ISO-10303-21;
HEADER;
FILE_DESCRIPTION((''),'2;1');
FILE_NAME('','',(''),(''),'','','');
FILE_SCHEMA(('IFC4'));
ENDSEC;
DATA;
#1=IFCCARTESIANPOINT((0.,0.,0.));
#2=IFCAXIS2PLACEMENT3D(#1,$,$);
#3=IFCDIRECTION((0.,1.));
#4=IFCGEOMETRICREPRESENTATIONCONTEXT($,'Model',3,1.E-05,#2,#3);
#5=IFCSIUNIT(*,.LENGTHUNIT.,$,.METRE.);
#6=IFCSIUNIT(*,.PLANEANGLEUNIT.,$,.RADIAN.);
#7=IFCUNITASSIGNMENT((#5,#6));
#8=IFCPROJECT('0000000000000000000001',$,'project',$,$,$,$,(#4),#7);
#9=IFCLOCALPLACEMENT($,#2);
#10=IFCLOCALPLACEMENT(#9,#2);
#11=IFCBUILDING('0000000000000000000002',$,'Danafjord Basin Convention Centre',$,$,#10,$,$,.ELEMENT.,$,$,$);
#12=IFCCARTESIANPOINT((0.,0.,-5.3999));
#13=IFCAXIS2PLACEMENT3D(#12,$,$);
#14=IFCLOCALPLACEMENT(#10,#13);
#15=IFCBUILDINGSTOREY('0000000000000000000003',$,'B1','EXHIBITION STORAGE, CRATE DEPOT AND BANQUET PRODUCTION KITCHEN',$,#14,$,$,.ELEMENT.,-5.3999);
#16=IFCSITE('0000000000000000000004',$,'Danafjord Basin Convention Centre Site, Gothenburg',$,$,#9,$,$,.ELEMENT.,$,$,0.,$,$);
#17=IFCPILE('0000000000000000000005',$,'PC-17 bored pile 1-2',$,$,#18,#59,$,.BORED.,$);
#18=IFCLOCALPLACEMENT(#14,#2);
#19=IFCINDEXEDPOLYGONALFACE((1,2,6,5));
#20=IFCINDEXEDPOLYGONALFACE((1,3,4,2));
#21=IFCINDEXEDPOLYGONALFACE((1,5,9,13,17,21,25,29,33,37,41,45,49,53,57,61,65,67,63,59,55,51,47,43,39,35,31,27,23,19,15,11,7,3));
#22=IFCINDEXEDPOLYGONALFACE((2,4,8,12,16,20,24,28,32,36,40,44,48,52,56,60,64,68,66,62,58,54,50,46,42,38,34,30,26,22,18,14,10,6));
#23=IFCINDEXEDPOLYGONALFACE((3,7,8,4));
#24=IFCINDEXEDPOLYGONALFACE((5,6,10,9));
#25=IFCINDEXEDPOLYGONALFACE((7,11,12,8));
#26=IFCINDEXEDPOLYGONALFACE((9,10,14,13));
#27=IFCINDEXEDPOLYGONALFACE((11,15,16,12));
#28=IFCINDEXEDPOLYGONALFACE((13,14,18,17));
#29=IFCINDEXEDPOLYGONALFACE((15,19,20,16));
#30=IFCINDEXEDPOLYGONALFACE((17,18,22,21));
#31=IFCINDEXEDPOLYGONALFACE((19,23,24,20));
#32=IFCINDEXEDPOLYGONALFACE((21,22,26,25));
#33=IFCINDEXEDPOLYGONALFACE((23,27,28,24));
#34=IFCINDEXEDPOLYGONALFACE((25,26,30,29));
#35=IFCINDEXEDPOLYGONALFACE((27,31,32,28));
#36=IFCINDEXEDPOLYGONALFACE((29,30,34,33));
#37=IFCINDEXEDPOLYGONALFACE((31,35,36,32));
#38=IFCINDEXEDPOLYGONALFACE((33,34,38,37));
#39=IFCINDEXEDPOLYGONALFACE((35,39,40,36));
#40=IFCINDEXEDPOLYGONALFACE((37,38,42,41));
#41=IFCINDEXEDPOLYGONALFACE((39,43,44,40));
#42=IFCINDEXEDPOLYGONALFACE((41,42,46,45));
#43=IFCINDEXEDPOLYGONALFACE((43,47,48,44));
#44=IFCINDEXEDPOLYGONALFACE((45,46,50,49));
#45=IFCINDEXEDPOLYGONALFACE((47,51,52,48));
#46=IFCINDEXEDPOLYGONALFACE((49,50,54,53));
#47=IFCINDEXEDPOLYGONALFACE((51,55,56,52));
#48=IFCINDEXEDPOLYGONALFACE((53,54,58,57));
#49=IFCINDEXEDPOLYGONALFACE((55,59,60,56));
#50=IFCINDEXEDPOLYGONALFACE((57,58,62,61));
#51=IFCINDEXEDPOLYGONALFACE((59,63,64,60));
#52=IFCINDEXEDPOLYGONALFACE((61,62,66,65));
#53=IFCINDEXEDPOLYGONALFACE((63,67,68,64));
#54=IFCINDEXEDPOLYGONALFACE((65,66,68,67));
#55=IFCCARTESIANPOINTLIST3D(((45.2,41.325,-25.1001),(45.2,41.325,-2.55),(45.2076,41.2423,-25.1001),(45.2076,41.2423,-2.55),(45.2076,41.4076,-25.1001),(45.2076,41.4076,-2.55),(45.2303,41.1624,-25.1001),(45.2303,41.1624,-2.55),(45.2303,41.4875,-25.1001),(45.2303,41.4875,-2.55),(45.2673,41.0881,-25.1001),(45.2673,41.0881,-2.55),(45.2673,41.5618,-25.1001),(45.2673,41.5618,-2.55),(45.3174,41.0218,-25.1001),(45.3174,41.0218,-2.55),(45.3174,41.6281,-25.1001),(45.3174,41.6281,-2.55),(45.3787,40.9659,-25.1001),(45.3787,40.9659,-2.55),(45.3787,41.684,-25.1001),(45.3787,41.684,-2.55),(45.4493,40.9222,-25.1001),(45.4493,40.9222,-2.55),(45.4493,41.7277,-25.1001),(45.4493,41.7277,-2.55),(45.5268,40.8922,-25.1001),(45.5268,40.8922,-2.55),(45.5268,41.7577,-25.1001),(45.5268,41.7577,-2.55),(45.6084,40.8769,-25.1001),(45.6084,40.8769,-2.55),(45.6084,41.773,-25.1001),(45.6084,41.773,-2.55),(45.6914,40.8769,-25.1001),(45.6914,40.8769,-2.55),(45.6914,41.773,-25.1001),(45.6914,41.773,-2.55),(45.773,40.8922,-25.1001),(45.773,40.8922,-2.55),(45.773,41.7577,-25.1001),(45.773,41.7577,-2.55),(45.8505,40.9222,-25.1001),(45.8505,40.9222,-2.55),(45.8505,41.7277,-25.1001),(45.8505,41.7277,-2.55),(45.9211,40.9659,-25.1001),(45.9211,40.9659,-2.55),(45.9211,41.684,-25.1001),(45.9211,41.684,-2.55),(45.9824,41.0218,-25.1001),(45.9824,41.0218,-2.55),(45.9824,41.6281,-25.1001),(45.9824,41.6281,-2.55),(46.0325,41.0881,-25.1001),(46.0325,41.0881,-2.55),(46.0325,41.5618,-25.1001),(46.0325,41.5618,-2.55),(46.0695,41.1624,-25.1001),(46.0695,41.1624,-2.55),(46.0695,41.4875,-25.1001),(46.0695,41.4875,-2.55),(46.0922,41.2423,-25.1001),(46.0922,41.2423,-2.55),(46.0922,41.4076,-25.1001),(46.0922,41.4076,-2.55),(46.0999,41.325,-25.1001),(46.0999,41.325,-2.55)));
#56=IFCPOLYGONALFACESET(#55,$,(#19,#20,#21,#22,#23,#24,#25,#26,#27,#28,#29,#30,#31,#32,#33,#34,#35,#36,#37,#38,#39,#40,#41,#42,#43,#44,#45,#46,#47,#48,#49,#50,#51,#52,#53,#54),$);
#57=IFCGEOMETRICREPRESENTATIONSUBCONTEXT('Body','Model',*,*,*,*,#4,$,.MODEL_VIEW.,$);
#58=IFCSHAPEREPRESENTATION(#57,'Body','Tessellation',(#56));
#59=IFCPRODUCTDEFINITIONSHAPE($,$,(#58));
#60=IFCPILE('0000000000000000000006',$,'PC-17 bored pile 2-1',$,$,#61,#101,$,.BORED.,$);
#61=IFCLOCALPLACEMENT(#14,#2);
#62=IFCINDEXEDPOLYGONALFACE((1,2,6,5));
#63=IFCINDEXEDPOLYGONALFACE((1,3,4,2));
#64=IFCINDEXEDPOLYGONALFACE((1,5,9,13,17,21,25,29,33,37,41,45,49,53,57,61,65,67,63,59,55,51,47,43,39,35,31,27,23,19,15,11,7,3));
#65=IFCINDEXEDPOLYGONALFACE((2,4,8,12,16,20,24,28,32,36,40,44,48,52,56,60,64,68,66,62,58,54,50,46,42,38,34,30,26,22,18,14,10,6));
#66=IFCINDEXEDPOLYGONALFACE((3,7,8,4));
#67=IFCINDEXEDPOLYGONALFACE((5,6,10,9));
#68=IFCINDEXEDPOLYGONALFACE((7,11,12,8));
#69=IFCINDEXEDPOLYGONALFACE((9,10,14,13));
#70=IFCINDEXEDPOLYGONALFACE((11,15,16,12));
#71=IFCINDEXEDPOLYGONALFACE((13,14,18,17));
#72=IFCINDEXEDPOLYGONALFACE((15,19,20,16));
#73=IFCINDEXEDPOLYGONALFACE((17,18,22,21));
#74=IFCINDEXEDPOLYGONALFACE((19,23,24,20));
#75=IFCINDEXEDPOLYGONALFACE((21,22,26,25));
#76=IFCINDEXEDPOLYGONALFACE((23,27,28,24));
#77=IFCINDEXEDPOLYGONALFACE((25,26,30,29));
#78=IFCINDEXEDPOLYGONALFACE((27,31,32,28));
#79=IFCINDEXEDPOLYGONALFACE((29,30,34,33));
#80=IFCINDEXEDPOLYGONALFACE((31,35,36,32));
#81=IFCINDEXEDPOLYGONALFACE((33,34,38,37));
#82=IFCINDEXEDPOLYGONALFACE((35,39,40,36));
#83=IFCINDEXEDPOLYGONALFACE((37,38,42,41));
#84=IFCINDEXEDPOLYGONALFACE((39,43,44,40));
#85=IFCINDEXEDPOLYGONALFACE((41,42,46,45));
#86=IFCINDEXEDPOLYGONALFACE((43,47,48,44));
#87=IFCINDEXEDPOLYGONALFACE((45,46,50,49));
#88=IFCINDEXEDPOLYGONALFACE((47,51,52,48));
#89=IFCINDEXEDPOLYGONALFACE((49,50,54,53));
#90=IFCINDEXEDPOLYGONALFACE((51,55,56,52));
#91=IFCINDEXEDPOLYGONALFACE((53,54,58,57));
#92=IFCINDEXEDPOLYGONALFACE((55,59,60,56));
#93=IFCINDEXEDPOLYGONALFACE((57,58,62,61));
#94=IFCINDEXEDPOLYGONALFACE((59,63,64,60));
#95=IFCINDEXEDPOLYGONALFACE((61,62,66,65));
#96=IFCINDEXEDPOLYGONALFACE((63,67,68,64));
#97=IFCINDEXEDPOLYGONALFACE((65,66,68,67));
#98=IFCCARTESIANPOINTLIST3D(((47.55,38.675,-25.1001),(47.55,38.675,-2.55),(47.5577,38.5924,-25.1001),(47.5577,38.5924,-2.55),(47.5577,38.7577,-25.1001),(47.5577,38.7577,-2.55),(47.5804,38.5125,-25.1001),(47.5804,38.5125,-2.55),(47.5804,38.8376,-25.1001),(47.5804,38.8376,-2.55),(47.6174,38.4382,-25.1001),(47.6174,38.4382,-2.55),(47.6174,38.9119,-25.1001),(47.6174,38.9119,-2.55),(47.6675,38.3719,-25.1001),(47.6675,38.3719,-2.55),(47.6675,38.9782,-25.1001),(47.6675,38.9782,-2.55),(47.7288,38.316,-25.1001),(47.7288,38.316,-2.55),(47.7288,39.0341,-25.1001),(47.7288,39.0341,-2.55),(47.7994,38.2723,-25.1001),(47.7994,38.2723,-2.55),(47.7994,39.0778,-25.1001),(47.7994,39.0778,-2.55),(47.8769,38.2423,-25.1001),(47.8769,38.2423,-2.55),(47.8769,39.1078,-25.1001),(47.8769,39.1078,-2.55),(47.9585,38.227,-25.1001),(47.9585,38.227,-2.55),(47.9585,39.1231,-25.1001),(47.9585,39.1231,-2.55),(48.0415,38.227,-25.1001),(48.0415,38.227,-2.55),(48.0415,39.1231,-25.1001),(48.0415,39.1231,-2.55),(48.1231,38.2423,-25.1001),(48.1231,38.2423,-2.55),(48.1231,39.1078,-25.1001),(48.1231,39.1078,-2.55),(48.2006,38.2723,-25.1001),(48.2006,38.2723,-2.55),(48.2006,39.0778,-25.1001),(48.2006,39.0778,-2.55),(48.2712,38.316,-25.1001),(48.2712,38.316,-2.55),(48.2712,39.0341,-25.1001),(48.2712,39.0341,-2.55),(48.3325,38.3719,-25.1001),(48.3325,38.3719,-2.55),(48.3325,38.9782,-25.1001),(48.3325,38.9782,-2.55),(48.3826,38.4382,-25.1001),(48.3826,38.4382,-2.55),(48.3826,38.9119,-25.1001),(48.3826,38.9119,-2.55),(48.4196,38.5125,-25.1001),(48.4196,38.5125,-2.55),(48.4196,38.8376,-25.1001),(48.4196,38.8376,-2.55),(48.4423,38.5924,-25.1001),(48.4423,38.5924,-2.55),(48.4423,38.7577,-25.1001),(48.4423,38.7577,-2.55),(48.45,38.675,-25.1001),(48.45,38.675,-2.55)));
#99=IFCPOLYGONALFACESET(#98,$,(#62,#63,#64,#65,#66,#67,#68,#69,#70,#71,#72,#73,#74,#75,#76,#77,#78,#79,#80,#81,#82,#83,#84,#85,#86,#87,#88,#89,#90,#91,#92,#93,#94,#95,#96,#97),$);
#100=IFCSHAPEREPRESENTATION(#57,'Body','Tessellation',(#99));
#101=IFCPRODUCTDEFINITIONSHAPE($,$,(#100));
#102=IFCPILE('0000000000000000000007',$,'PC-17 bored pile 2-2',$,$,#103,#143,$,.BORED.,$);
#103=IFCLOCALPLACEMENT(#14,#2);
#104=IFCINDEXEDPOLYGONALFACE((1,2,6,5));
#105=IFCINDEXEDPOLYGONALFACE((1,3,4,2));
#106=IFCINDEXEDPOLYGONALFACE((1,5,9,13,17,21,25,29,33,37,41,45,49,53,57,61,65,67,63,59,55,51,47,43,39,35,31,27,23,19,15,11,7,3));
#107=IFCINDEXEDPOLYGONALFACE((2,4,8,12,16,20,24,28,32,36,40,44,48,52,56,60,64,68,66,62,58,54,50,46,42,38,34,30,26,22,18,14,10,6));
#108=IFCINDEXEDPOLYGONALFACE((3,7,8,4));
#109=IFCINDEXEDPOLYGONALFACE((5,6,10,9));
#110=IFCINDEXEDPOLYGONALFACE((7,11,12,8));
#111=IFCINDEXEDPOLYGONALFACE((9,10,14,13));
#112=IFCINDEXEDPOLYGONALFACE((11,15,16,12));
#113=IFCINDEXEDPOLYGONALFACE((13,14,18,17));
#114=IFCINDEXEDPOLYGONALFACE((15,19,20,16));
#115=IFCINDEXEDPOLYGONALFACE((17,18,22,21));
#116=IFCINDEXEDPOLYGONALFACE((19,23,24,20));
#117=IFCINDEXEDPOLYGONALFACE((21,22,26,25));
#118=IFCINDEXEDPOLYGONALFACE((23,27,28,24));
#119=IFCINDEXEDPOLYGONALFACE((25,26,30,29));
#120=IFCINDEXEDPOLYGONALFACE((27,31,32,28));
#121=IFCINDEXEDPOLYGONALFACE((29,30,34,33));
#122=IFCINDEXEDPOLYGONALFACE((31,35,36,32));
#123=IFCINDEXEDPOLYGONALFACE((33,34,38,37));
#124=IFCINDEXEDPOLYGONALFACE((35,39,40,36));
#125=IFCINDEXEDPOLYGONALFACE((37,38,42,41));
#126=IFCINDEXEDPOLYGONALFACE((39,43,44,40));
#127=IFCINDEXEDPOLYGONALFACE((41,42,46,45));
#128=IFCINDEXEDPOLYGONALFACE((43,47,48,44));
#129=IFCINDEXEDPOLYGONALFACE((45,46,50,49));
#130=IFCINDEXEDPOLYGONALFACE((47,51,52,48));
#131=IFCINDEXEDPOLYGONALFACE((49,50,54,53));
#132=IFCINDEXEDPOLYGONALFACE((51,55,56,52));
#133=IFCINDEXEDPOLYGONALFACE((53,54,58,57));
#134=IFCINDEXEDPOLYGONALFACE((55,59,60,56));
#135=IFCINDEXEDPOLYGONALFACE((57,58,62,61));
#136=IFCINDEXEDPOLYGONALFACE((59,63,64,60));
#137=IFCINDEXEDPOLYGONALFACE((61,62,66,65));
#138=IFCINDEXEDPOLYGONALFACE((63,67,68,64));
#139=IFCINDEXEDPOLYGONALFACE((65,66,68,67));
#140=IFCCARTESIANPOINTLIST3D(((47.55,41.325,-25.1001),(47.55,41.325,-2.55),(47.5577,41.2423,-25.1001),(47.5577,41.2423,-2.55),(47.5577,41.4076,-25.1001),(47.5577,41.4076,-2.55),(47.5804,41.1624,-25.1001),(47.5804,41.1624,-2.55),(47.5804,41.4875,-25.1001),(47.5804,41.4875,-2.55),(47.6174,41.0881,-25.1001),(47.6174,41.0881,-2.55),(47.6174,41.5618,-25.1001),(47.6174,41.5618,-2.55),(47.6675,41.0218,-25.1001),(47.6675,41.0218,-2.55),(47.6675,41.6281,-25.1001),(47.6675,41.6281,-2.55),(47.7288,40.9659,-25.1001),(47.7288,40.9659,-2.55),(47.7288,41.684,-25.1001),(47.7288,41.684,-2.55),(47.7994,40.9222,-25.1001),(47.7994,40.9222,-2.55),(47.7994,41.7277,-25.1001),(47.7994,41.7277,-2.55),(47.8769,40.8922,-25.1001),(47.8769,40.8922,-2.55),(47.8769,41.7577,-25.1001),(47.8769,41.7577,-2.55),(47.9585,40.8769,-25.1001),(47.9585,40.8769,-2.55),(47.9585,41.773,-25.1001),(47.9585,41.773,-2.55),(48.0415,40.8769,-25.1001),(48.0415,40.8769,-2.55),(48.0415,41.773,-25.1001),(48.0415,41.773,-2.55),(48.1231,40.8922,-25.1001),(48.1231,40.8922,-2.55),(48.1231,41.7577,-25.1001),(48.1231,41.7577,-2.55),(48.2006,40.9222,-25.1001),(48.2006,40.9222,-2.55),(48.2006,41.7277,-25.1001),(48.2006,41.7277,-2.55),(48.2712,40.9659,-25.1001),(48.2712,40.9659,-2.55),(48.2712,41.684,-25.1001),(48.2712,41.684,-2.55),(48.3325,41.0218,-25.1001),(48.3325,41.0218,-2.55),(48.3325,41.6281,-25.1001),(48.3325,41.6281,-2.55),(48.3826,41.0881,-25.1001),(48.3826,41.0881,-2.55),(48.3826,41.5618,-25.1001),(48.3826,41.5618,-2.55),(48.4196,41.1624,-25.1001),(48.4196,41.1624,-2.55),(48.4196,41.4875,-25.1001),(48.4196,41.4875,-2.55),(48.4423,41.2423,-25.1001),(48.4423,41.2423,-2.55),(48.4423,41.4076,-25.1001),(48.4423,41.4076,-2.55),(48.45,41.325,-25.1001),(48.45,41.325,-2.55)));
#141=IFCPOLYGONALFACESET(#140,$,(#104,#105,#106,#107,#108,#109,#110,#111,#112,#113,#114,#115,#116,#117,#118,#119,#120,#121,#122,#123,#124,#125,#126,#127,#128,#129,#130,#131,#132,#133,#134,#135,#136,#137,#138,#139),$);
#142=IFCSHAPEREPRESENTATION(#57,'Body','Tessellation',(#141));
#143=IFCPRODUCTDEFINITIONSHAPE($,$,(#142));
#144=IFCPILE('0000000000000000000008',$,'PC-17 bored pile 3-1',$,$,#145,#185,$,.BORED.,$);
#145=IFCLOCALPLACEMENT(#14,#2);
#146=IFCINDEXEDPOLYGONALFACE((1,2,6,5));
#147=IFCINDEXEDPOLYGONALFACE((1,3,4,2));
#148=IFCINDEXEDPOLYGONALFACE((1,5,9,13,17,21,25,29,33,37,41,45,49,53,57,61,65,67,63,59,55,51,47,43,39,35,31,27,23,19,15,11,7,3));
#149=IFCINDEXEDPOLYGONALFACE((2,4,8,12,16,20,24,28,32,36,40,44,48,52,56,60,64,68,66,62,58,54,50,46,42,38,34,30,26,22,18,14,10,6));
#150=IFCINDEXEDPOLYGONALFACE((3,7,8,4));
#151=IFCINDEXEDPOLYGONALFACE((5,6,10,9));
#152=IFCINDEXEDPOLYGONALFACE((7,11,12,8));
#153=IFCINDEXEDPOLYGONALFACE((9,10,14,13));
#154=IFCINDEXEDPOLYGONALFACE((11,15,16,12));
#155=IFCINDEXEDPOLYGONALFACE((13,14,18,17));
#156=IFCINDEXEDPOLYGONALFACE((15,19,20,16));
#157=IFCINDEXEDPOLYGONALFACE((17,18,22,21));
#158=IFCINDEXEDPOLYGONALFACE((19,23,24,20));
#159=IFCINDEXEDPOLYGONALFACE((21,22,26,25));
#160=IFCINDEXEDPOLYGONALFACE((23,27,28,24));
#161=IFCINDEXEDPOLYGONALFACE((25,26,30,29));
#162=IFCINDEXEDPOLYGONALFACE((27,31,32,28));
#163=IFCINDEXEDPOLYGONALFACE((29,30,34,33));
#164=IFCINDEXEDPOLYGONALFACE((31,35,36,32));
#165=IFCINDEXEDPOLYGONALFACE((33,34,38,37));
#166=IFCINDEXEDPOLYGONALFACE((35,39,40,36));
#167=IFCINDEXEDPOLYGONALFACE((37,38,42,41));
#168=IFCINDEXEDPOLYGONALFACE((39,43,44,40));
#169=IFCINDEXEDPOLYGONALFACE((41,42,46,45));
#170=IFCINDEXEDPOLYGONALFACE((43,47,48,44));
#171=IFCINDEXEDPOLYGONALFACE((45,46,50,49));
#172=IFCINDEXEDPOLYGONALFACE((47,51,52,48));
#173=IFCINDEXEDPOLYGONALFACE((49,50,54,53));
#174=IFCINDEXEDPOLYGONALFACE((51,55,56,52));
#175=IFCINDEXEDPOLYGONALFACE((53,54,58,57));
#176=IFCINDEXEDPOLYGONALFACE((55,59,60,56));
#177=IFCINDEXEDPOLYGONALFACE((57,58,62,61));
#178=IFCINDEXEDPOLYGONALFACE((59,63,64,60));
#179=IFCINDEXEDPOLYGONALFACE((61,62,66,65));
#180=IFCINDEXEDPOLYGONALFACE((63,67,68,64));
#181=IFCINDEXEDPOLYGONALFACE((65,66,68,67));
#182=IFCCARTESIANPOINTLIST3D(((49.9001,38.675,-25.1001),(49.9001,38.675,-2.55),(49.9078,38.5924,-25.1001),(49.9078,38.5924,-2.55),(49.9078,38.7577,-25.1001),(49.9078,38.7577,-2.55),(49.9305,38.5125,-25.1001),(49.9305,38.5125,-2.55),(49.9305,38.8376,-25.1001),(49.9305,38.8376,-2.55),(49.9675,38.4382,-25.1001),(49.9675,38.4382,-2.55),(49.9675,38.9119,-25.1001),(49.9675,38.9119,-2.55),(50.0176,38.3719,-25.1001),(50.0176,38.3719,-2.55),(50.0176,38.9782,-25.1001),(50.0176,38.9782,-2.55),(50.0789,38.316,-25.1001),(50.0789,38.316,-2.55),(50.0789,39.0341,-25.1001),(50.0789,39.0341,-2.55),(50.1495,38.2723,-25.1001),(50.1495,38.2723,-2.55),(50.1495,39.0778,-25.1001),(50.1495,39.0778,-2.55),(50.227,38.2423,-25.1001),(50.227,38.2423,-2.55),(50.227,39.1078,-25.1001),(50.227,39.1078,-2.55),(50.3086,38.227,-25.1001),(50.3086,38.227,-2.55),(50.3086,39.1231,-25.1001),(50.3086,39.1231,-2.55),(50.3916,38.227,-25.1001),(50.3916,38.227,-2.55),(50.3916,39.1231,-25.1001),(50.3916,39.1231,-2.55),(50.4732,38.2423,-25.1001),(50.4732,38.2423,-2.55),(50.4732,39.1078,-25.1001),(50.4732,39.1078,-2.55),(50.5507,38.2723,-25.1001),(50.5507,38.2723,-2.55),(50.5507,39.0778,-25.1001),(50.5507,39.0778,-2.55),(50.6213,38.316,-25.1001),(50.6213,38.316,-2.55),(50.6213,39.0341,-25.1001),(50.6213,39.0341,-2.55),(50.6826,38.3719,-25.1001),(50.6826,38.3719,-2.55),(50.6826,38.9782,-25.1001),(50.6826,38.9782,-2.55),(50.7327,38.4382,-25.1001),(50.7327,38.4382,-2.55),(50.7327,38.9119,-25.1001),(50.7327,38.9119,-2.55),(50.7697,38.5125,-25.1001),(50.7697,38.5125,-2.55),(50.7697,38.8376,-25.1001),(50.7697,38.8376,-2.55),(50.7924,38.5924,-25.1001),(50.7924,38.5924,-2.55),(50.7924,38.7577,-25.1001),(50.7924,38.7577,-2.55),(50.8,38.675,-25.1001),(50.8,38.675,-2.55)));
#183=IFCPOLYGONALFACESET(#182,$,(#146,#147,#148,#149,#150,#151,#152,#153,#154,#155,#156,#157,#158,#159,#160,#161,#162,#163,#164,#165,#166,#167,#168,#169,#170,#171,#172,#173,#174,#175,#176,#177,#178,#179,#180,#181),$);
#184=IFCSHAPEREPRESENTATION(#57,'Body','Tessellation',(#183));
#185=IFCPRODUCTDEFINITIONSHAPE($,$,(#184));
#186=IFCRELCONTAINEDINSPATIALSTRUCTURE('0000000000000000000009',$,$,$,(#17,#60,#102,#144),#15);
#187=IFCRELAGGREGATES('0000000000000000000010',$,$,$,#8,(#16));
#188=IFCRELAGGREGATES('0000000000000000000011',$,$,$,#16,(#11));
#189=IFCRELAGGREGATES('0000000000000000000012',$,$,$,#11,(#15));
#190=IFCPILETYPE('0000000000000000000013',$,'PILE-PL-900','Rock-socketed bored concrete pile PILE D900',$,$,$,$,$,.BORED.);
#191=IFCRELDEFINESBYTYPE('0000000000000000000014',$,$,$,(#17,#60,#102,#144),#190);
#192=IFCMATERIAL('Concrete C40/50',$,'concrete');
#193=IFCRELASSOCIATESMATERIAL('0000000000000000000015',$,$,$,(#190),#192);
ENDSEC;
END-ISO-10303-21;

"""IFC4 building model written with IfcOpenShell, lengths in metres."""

from ifc_helpers import new_model, si_unit, direction, frame, origin, origin_2d, place, context, subcontext, project, spatial, circle, extrude, material, material_profile, profile_set, type_object, element, save


model = new_model("IFC4")

# Units and contexts
model_context = context("Model", 3, precision=1e-05, world=origin(), true_north=direction((0.0, 1.0)))
body_context = subcontext(model_context, "Body", "Model", "MODEL_VIEW")
ifc_project = project(units=[si_unit("LENGTHUNIT", "METRE"), si_unit("PLANEANGLEUNIT", "RADIAN")], contexts=[model_context])

# Site, building, storey
site_placement = place(None, origin())
site = spatial("IfcSite", under=ifc_project, at=site_placement, Name="Danafjord Basin Convention Centre Site, Gothenburg", CompositionType="ELEMENT", RefElevation=0.0)
building_placement = place(site_placement, origin())
building = spatial("IfcBuilding", under=site, at=building_placement, Name="Danafjord Basin Convention Centre", CompositionType="ELEMENT")
storey_placement = place(building_placement, frame((0.0, 0.0, -5.3999)))
storey = spatial("IfcBuildingStorey", under=building, at=storey_placement, Name="B1", Description="EXHIBITION STORAGE, CRATE DEPOT AND BANQUET PRODUCTION KITCHEN", CompositionType="ELEMENT", Elevation=-5.3999)

# Shared definitions
ifc_material_1 = material(Name="Concrete C40/50", Category="concrete")

# Piles
ifc_material_profile_1 = material_profile(ifc_material_1, circle(Radius=0.45, at=origin_2d()), Name="PILE D900")
ifc_profile_set_1 = profile_set([ifc_material_profile_1], Name="Concrete C40/50")
pile_type_1 = type_object("IfcPileType", Name="PILE-PL-900", Description="Rock-socketed bored concrete pile PILE D900", PredefinedType="BORED", material=ifc_profile_set_1)
for number, where, z_axis, x_axis, name in (
    (1, (45.6499, 41.325, -2.55), (0.0, 0.0, -1.0), (1.0, 0.0, 0.0), "PC-17 bored pile 1-2"),
    (2, (48.0, 38.675, -2.55), (0.0, 0.0, -1.0), (1.0, 0.0, 0.0), "PC-17 bored pile 2-1"),
    (3, (48.0, 41.325, -2.55), (0.0, 0.0, -1.0), (1.0, 0.0, 0.0), "PC-17 bored pile 2-2"),
    (4, (50.3501, 38.675, -2.55), (0.0, 0.0, -1.0), (1.0, 0.0, 0.0), "PC-17 bored pile 3-1"),
):
    element("IfcPile", number, at=place(storey_placement, frame(where, z_axis=z_axis, x_axis=x_axis)), inside=storey, type_object=pile_type_1, Name=name, PredefinedType="BORED", context=body_context, shape_type="SweptSolid", body=[
        extrude(circle(Radius=0.45, at=origin_2d()), origin(), (0.0, 0.0, 1.0), 22.55),
    ])

save(model, "model.ifc")
